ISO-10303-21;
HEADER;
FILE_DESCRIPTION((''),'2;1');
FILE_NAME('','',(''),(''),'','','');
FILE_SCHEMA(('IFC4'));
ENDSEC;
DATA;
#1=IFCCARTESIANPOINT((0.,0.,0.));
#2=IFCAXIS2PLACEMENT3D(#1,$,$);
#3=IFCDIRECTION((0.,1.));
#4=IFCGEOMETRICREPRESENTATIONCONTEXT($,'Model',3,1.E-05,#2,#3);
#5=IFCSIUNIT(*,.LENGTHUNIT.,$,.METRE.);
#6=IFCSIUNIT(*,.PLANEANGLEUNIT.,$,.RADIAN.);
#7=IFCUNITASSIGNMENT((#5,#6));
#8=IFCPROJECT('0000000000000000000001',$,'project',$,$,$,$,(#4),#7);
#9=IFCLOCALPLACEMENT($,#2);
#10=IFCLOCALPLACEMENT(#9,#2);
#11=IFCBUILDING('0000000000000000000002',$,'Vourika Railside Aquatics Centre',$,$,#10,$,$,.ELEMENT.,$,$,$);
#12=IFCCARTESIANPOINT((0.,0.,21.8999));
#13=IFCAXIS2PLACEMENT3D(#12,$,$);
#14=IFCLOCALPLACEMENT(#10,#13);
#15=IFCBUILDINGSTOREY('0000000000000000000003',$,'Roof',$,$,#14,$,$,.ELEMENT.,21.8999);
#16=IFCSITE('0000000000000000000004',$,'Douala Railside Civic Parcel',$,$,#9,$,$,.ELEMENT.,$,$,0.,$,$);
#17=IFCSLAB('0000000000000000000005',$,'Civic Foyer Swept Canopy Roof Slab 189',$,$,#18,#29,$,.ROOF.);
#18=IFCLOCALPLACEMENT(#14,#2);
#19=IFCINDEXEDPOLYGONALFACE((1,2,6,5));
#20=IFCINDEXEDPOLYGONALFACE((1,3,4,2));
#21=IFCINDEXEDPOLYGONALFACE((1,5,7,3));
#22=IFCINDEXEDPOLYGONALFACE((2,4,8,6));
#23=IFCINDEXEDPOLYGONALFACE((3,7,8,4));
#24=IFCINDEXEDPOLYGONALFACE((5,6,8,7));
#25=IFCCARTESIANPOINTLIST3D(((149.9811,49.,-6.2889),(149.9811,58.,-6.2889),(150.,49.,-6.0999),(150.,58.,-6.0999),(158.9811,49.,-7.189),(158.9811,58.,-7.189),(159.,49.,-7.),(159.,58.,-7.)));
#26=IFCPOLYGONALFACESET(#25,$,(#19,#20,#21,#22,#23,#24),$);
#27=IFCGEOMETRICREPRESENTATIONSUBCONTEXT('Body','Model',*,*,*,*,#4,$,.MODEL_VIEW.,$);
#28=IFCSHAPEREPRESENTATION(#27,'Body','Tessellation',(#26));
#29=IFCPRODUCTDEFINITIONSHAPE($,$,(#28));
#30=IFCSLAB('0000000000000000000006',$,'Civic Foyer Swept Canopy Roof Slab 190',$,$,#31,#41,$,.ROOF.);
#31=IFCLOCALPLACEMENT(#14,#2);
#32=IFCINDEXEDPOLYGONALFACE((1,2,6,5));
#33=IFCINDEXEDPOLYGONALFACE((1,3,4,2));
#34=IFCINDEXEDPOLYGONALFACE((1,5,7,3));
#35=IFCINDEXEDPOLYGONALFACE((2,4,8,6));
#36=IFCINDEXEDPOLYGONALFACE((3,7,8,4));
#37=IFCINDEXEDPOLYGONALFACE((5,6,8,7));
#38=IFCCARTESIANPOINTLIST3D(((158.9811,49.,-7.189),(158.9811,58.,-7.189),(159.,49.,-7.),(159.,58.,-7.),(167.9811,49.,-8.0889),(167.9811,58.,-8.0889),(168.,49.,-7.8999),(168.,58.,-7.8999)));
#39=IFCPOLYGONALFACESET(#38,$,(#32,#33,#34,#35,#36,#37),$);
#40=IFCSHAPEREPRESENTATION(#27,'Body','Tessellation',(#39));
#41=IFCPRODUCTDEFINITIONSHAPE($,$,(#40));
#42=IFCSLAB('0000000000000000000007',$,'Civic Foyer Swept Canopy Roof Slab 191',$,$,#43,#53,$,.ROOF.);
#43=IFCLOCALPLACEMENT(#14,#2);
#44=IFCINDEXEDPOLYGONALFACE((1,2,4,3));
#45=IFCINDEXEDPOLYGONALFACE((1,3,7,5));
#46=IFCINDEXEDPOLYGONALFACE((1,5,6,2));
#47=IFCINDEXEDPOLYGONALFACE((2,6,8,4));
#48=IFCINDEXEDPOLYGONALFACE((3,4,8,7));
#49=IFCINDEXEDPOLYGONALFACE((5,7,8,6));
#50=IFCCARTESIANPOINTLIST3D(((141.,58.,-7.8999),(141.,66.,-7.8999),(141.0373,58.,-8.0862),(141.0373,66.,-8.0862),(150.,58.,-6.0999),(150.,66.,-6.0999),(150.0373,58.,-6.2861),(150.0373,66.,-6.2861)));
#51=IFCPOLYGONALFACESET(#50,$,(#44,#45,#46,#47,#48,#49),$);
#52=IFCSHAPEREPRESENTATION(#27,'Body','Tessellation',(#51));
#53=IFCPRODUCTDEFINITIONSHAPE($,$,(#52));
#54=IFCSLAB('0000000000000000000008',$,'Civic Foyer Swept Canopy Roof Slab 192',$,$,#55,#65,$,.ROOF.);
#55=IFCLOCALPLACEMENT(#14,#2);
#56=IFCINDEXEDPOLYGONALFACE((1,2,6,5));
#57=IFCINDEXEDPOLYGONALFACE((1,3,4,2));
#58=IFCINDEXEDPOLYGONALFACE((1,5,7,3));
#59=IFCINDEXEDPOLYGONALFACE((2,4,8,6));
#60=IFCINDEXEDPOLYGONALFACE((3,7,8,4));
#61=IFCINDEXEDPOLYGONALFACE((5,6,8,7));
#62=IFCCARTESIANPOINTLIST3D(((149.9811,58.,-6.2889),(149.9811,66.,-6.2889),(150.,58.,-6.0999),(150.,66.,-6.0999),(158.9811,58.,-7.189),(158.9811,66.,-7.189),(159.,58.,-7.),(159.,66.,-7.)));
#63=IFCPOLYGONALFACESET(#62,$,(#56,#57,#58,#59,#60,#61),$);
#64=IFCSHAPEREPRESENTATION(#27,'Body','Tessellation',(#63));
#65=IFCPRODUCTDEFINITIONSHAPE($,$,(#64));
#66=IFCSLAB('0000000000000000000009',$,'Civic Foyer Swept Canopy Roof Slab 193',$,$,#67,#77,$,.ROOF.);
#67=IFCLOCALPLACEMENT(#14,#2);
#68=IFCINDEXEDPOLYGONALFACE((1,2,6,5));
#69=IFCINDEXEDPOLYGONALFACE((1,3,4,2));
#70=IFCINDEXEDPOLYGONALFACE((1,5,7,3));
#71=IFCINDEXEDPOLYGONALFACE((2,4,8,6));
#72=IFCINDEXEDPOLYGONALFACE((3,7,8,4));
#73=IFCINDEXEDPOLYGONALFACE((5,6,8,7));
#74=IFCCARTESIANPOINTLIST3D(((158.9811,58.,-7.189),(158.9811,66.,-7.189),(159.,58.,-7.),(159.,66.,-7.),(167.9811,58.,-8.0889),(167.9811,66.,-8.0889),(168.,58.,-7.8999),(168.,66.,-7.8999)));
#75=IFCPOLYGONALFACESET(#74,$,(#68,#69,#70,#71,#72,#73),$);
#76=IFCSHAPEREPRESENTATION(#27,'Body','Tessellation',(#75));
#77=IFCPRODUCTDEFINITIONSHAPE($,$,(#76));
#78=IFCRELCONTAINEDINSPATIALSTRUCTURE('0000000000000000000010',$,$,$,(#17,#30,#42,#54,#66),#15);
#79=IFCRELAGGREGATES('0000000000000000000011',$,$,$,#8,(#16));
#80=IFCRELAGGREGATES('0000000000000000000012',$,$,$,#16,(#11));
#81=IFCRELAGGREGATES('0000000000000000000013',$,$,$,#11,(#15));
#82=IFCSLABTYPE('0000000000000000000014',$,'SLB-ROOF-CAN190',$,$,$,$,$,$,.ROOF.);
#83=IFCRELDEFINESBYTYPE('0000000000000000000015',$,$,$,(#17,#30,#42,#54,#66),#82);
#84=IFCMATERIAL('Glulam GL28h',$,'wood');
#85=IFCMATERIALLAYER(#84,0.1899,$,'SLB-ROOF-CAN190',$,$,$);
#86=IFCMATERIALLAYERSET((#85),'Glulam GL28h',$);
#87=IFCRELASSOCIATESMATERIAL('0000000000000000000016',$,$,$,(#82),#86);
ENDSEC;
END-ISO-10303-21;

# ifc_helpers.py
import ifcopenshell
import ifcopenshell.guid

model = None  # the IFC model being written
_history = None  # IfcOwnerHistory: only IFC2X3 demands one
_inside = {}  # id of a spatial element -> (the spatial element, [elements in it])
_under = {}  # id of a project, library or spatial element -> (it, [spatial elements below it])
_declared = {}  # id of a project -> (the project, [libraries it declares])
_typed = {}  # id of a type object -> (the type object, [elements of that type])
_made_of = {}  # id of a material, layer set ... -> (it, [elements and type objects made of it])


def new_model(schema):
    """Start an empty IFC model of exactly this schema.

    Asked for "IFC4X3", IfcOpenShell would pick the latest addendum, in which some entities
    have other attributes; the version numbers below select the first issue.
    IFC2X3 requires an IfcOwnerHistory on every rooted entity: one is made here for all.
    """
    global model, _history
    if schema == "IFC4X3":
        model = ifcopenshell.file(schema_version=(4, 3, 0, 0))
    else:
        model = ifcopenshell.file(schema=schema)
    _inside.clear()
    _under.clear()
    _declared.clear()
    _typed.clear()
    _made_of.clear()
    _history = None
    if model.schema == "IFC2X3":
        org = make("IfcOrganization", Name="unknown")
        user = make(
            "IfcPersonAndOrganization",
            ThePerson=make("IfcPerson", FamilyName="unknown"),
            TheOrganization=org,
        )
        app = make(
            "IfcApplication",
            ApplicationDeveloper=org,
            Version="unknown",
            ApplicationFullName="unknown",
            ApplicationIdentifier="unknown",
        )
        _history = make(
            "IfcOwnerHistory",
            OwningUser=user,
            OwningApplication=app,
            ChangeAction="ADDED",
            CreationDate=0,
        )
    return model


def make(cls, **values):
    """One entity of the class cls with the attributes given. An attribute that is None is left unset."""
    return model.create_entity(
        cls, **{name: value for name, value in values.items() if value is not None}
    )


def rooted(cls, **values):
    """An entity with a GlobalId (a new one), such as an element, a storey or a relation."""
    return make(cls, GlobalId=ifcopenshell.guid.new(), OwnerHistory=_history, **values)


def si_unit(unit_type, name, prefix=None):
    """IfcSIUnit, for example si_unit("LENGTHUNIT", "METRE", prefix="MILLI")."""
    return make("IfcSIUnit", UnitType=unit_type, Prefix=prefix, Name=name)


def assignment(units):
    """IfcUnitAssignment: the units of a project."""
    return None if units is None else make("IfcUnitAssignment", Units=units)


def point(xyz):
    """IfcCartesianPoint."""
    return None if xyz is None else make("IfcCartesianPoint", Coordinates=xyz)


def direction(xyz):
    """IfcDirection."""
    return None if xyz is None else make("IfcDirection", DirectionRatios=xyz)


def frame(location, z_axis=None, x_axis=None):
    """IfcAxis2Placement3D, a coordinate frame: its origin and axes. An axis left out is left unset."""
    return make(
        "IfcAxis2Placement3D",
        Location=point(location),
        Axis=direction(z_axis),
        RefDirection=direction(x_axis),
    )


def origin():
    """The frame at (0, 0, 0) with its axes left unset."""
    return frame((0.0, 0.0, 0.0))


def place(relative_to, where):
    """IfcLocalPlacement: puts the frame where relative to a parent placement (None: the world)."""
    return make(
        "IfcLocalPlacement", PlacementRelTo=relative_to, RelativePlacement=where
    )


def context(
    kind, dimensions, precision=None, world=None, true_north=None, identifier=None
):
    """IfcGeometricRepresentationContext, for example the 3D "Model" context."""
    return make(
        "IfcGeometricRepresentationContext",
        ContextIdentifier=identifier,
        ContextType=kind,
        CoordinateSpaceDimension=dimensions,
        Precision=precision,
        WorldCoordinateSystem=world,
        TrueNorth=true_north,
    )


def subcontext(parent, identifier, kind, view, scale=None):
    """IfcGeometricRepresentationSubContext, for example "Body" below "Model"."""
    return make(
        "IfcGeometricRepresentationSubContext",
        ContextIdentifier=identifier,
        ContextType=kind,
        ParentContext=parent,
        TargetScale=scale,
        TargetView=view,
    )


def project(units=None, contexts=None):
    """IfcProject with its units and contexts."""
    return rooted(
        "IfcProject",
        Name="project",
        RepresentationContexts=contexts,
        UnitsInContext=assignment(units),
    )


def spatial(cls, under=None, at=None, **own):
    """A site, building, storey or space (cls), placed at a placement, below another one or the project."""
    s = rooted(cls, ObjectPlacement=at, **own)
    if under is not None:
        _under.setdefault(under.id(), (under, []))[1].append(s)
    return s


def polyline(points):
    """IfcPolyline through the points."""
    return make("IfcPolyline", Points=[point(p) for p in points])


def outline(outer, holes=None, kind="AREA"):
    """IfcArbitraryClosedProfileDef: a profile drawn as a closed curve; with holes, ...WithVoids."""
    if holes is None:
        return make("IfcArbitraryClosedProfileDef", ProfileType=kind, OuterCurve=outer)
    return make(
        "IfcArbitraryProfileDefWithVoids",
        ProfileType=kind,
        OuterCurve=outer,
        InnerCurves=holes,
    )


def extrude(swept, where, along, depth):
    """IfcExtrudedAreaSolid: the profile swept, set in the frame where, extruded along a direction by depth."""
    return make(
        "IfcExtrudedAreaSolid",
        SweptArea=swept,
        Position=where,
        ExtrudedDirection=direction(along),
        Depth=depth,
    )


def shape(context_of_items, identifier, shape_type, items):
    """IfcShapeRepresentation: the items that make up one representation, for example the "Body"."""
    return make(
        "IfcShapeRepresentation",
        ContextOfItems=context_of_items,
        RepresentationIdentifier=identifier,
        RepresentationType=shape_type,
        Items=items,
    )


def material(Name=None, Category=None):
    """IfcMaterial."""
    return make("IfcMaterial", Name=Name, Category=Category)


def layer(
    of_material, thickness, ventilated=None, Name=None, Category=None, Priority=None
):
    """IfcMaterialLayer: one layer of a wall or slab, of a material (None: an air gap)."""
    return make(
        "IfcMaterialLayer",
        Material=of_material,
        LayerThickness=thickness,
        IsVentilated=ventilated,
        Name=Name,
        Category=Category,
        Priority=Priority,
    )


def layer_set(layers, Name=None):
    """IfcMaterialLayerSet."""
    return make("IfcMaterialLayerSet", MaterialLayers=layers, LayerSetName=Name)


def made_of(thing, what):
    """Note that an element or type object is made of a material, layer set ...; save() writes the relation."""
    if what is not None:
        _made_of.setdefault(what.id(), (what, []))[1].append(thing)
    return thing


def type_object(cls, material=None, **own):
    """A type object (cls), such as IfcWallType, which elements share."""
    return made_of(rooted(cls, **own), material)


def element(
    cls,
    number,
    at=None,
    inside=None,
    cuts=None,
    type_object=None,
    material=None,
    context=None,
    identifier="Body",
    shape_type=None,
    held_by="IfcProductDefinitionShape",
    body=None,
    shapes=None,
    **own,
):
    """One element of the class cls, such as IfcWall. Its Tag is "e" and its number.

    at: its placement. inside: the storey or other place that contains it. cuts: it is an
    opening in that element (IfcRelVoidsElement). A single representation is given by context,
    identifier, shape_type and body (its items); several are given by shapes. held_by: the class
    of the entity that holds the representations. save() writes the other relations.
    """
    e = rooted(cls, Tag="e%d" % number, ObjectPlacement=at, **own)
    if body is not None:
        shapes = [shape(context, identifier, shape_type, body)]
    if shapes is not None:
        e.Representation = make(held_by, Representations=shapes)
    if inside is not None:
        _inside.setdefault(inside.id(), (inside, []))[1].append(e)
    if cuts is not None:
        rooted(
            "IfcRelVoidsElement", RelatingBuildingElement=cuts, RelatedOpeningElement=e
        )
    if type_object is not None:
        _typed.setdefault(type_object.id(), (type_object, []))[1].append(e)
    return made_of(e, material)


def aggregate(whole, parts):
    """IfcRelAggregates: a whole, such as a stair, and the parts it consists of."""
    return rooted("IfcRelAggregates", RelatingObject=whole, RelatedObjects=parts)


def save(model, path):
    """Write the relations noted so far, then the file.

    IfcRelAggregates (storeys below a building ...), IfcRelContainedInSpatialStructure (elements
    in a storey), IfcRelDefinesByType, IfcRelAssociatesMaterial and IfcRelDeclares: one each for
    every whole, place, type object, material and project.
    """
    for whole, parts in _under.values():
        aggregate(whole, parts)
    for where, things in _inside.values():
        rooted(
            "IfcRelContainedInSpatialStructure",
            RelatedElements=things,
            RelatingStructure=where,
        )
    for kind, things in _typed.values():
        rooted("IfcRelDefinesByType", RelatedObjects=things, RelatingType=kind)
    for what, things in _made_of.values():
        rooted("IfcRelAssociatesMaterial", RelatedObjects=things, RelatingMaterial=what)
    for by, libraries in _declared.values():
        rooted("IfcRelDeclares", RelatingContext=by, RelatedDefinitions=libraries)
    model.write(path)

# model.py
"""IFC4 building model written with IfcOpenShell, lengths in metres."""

from ifc_helpers import new_model, si_unit, direction, frame, origin, place, context, subcontext, project, spatial, polyline, outline, extrude, material, layer, layer_set, type_object, element, save


model = new_model("IFC4")

# Units and contexts
model_context = context("Model", 3, precision=1e-05, world=origin(), true_north=direction((0.0, 1.0)))
body_context = subcontext(model_context, "Body", "Model", "MODEL_VIEW")
ifc_project = project(units=[si_unit("LENGTHUNIT", "METRE"), si_unit("PLANEANGLEUNIT", "RADIAN")], contexts=[model_context])

# Site, building, storey
site_placement = place(None, origin())
site = spatial("IfcSite", under=ifc_project, at=site_placement, Name="Douala Railside Civic Parcel", CompositionType="ELEMENT", RefElevation=0.0)
building_placement = place(site_placement, origin())
building = spatial("IfcBuilding", under=site, at=building_placement, Name="Vourika Railside Aquatics Centre", CompositionType="ELEMENT")
storey_placement = place(building_placement, frame((0.0, 0.0, 21.8999)))
storey = spatial("IfcBuildingStorey", under=building, at=storey_placement, Name="Roof", CompositionType="ELEMENT", Elevation=21.8999)

# Slabs
ifc_material_1 = material(Name="Glulam GL28h", Category="wood")
ifc_layer_1 = layer(ifc_material_1, 0.1899, Name="SLB-ROOF-CAN190")
ifc_layer_set_1 = layer_set([ifc_layer_1], Name="Glulam GL28h")
slab_type = type_object("IfcSlabType", Name="SLB-ROOF-CAN190", PredefinedType="ROOF", material=ifc_layer_set_1)
slab_1_placement = place(storey_placement, frame((150.0, 49.0, -6.0999), z_axis=(0.09952, 0.0, 0.995036), x_axis=(0.995036, 0.0, -0.09952)))
element("IfcSlab", 1, at=slab_1_placement, inside=storey, type_object=slab_type, Name="Civic Foyer Swept Canopy Roof Slab 189", PredefinedType="ROOF", context=body_context, shape_type="SweptSolid", body=[
    extrude(outline(polyline([(0.0, 0.0), (9.0449, 0.0), (9.0449, 9.0), (0.0, 9.0), (0.0, 0.0)])), origin(), (0.0, 0.0, -1.0), 0.1899),
])
slab_2_placement = place(storey_placement, frame((159.0, 49.0, -7.0), z_axis=(0.099493, 0.0, 0.995038), x_axis=(0.995038, 0.0, -0.099493)))
element("IfcSlab", 2, at=slab_2_placement, inside=storey, type_object=slab_type, Name="Civic Foyer Swept Canopy Roof Slab 190", PredefinedType="ROOF", context=body_context, shape_type="SweptSolid", body=[
    extrude(outline(polyline([(0.0, 0.0), (9.0449, 0.0), (9.0449, 9.0), (0.0, 9.0), (0.0, 0.0)])), origin(), (0.0, 0.0, -1.0), 0.1899),
])
slab_3_placement = place(storey_placement, frame((141.0, 58.0, -7.8999), z_axis=(-0.196121, 0.0, 0.98058), x_axis=(0.98058, 0.0, 0.196121)))
element("IfcSlab", 3, at=slab_3_placement, inside=storey, type_object=slab_type, Name="Civic Foyer Swept Canopy Roof Slab 191", PredefinedType="ROOF", context=body_context, shape_type="SweptSolid", body=[
    extrude(outline(polyline([(0.0, 0.0), (9.1782, 0.0), (9.1782, 8.0), (0.0, 8.0), (0.0, 0.0)])), origin(), (0.0, 0.0, -1.0), 0.1899),
])
slab_4_placement = place(storey_placement, frame((150.0, 58.0, -6.0999), z_axis=(0.09952, 0.0, 0.995036), x_axis=(0.995036, 0.0, -0.09952)))
element("IfcSlab", 4, at=slab_4_placement, inside=storey, type_object=slab_type, Name="Civic Foyer Swept Canopy Roof Slab 192", PredefinedType="ROOF", context=body_context, shape_type="SweptSolid", body=[
    extrude(outline(polyline([(0.0, 0.0), (9.0449, 0.0), (9.0449, 8.0), (0.0, 8.0), (0.0, 0.0)])), origin(), (0.0, 0.0, -1.0), 0.1899),
])
slab_5_placement = place(storey_placement, frame((159.0, 58.0, -7.0), z_axis=(0.099493, 0.0, 0.995038), x_axis=(0.995038, 0.0, -0.099493)))
element("IfcSlab", 5, at=slab_5_placement, inside=storey, type_object=slab_type, Name="Civic Foyer Swept Canopy Roof Slab 193", PredefinedType="ROOF", context=body_context, shape_type="SweptSolid", body=[
    extrude(outline(polyline([(0.0, 0.0), (9.0449, 0.0), (9.0449, 8.0), (0.0, 8.0), (0.0, 0.0)])), origin(), (0.0, 0.0, -1.0), 0.1899),
])

save(model, "model.ifc")
